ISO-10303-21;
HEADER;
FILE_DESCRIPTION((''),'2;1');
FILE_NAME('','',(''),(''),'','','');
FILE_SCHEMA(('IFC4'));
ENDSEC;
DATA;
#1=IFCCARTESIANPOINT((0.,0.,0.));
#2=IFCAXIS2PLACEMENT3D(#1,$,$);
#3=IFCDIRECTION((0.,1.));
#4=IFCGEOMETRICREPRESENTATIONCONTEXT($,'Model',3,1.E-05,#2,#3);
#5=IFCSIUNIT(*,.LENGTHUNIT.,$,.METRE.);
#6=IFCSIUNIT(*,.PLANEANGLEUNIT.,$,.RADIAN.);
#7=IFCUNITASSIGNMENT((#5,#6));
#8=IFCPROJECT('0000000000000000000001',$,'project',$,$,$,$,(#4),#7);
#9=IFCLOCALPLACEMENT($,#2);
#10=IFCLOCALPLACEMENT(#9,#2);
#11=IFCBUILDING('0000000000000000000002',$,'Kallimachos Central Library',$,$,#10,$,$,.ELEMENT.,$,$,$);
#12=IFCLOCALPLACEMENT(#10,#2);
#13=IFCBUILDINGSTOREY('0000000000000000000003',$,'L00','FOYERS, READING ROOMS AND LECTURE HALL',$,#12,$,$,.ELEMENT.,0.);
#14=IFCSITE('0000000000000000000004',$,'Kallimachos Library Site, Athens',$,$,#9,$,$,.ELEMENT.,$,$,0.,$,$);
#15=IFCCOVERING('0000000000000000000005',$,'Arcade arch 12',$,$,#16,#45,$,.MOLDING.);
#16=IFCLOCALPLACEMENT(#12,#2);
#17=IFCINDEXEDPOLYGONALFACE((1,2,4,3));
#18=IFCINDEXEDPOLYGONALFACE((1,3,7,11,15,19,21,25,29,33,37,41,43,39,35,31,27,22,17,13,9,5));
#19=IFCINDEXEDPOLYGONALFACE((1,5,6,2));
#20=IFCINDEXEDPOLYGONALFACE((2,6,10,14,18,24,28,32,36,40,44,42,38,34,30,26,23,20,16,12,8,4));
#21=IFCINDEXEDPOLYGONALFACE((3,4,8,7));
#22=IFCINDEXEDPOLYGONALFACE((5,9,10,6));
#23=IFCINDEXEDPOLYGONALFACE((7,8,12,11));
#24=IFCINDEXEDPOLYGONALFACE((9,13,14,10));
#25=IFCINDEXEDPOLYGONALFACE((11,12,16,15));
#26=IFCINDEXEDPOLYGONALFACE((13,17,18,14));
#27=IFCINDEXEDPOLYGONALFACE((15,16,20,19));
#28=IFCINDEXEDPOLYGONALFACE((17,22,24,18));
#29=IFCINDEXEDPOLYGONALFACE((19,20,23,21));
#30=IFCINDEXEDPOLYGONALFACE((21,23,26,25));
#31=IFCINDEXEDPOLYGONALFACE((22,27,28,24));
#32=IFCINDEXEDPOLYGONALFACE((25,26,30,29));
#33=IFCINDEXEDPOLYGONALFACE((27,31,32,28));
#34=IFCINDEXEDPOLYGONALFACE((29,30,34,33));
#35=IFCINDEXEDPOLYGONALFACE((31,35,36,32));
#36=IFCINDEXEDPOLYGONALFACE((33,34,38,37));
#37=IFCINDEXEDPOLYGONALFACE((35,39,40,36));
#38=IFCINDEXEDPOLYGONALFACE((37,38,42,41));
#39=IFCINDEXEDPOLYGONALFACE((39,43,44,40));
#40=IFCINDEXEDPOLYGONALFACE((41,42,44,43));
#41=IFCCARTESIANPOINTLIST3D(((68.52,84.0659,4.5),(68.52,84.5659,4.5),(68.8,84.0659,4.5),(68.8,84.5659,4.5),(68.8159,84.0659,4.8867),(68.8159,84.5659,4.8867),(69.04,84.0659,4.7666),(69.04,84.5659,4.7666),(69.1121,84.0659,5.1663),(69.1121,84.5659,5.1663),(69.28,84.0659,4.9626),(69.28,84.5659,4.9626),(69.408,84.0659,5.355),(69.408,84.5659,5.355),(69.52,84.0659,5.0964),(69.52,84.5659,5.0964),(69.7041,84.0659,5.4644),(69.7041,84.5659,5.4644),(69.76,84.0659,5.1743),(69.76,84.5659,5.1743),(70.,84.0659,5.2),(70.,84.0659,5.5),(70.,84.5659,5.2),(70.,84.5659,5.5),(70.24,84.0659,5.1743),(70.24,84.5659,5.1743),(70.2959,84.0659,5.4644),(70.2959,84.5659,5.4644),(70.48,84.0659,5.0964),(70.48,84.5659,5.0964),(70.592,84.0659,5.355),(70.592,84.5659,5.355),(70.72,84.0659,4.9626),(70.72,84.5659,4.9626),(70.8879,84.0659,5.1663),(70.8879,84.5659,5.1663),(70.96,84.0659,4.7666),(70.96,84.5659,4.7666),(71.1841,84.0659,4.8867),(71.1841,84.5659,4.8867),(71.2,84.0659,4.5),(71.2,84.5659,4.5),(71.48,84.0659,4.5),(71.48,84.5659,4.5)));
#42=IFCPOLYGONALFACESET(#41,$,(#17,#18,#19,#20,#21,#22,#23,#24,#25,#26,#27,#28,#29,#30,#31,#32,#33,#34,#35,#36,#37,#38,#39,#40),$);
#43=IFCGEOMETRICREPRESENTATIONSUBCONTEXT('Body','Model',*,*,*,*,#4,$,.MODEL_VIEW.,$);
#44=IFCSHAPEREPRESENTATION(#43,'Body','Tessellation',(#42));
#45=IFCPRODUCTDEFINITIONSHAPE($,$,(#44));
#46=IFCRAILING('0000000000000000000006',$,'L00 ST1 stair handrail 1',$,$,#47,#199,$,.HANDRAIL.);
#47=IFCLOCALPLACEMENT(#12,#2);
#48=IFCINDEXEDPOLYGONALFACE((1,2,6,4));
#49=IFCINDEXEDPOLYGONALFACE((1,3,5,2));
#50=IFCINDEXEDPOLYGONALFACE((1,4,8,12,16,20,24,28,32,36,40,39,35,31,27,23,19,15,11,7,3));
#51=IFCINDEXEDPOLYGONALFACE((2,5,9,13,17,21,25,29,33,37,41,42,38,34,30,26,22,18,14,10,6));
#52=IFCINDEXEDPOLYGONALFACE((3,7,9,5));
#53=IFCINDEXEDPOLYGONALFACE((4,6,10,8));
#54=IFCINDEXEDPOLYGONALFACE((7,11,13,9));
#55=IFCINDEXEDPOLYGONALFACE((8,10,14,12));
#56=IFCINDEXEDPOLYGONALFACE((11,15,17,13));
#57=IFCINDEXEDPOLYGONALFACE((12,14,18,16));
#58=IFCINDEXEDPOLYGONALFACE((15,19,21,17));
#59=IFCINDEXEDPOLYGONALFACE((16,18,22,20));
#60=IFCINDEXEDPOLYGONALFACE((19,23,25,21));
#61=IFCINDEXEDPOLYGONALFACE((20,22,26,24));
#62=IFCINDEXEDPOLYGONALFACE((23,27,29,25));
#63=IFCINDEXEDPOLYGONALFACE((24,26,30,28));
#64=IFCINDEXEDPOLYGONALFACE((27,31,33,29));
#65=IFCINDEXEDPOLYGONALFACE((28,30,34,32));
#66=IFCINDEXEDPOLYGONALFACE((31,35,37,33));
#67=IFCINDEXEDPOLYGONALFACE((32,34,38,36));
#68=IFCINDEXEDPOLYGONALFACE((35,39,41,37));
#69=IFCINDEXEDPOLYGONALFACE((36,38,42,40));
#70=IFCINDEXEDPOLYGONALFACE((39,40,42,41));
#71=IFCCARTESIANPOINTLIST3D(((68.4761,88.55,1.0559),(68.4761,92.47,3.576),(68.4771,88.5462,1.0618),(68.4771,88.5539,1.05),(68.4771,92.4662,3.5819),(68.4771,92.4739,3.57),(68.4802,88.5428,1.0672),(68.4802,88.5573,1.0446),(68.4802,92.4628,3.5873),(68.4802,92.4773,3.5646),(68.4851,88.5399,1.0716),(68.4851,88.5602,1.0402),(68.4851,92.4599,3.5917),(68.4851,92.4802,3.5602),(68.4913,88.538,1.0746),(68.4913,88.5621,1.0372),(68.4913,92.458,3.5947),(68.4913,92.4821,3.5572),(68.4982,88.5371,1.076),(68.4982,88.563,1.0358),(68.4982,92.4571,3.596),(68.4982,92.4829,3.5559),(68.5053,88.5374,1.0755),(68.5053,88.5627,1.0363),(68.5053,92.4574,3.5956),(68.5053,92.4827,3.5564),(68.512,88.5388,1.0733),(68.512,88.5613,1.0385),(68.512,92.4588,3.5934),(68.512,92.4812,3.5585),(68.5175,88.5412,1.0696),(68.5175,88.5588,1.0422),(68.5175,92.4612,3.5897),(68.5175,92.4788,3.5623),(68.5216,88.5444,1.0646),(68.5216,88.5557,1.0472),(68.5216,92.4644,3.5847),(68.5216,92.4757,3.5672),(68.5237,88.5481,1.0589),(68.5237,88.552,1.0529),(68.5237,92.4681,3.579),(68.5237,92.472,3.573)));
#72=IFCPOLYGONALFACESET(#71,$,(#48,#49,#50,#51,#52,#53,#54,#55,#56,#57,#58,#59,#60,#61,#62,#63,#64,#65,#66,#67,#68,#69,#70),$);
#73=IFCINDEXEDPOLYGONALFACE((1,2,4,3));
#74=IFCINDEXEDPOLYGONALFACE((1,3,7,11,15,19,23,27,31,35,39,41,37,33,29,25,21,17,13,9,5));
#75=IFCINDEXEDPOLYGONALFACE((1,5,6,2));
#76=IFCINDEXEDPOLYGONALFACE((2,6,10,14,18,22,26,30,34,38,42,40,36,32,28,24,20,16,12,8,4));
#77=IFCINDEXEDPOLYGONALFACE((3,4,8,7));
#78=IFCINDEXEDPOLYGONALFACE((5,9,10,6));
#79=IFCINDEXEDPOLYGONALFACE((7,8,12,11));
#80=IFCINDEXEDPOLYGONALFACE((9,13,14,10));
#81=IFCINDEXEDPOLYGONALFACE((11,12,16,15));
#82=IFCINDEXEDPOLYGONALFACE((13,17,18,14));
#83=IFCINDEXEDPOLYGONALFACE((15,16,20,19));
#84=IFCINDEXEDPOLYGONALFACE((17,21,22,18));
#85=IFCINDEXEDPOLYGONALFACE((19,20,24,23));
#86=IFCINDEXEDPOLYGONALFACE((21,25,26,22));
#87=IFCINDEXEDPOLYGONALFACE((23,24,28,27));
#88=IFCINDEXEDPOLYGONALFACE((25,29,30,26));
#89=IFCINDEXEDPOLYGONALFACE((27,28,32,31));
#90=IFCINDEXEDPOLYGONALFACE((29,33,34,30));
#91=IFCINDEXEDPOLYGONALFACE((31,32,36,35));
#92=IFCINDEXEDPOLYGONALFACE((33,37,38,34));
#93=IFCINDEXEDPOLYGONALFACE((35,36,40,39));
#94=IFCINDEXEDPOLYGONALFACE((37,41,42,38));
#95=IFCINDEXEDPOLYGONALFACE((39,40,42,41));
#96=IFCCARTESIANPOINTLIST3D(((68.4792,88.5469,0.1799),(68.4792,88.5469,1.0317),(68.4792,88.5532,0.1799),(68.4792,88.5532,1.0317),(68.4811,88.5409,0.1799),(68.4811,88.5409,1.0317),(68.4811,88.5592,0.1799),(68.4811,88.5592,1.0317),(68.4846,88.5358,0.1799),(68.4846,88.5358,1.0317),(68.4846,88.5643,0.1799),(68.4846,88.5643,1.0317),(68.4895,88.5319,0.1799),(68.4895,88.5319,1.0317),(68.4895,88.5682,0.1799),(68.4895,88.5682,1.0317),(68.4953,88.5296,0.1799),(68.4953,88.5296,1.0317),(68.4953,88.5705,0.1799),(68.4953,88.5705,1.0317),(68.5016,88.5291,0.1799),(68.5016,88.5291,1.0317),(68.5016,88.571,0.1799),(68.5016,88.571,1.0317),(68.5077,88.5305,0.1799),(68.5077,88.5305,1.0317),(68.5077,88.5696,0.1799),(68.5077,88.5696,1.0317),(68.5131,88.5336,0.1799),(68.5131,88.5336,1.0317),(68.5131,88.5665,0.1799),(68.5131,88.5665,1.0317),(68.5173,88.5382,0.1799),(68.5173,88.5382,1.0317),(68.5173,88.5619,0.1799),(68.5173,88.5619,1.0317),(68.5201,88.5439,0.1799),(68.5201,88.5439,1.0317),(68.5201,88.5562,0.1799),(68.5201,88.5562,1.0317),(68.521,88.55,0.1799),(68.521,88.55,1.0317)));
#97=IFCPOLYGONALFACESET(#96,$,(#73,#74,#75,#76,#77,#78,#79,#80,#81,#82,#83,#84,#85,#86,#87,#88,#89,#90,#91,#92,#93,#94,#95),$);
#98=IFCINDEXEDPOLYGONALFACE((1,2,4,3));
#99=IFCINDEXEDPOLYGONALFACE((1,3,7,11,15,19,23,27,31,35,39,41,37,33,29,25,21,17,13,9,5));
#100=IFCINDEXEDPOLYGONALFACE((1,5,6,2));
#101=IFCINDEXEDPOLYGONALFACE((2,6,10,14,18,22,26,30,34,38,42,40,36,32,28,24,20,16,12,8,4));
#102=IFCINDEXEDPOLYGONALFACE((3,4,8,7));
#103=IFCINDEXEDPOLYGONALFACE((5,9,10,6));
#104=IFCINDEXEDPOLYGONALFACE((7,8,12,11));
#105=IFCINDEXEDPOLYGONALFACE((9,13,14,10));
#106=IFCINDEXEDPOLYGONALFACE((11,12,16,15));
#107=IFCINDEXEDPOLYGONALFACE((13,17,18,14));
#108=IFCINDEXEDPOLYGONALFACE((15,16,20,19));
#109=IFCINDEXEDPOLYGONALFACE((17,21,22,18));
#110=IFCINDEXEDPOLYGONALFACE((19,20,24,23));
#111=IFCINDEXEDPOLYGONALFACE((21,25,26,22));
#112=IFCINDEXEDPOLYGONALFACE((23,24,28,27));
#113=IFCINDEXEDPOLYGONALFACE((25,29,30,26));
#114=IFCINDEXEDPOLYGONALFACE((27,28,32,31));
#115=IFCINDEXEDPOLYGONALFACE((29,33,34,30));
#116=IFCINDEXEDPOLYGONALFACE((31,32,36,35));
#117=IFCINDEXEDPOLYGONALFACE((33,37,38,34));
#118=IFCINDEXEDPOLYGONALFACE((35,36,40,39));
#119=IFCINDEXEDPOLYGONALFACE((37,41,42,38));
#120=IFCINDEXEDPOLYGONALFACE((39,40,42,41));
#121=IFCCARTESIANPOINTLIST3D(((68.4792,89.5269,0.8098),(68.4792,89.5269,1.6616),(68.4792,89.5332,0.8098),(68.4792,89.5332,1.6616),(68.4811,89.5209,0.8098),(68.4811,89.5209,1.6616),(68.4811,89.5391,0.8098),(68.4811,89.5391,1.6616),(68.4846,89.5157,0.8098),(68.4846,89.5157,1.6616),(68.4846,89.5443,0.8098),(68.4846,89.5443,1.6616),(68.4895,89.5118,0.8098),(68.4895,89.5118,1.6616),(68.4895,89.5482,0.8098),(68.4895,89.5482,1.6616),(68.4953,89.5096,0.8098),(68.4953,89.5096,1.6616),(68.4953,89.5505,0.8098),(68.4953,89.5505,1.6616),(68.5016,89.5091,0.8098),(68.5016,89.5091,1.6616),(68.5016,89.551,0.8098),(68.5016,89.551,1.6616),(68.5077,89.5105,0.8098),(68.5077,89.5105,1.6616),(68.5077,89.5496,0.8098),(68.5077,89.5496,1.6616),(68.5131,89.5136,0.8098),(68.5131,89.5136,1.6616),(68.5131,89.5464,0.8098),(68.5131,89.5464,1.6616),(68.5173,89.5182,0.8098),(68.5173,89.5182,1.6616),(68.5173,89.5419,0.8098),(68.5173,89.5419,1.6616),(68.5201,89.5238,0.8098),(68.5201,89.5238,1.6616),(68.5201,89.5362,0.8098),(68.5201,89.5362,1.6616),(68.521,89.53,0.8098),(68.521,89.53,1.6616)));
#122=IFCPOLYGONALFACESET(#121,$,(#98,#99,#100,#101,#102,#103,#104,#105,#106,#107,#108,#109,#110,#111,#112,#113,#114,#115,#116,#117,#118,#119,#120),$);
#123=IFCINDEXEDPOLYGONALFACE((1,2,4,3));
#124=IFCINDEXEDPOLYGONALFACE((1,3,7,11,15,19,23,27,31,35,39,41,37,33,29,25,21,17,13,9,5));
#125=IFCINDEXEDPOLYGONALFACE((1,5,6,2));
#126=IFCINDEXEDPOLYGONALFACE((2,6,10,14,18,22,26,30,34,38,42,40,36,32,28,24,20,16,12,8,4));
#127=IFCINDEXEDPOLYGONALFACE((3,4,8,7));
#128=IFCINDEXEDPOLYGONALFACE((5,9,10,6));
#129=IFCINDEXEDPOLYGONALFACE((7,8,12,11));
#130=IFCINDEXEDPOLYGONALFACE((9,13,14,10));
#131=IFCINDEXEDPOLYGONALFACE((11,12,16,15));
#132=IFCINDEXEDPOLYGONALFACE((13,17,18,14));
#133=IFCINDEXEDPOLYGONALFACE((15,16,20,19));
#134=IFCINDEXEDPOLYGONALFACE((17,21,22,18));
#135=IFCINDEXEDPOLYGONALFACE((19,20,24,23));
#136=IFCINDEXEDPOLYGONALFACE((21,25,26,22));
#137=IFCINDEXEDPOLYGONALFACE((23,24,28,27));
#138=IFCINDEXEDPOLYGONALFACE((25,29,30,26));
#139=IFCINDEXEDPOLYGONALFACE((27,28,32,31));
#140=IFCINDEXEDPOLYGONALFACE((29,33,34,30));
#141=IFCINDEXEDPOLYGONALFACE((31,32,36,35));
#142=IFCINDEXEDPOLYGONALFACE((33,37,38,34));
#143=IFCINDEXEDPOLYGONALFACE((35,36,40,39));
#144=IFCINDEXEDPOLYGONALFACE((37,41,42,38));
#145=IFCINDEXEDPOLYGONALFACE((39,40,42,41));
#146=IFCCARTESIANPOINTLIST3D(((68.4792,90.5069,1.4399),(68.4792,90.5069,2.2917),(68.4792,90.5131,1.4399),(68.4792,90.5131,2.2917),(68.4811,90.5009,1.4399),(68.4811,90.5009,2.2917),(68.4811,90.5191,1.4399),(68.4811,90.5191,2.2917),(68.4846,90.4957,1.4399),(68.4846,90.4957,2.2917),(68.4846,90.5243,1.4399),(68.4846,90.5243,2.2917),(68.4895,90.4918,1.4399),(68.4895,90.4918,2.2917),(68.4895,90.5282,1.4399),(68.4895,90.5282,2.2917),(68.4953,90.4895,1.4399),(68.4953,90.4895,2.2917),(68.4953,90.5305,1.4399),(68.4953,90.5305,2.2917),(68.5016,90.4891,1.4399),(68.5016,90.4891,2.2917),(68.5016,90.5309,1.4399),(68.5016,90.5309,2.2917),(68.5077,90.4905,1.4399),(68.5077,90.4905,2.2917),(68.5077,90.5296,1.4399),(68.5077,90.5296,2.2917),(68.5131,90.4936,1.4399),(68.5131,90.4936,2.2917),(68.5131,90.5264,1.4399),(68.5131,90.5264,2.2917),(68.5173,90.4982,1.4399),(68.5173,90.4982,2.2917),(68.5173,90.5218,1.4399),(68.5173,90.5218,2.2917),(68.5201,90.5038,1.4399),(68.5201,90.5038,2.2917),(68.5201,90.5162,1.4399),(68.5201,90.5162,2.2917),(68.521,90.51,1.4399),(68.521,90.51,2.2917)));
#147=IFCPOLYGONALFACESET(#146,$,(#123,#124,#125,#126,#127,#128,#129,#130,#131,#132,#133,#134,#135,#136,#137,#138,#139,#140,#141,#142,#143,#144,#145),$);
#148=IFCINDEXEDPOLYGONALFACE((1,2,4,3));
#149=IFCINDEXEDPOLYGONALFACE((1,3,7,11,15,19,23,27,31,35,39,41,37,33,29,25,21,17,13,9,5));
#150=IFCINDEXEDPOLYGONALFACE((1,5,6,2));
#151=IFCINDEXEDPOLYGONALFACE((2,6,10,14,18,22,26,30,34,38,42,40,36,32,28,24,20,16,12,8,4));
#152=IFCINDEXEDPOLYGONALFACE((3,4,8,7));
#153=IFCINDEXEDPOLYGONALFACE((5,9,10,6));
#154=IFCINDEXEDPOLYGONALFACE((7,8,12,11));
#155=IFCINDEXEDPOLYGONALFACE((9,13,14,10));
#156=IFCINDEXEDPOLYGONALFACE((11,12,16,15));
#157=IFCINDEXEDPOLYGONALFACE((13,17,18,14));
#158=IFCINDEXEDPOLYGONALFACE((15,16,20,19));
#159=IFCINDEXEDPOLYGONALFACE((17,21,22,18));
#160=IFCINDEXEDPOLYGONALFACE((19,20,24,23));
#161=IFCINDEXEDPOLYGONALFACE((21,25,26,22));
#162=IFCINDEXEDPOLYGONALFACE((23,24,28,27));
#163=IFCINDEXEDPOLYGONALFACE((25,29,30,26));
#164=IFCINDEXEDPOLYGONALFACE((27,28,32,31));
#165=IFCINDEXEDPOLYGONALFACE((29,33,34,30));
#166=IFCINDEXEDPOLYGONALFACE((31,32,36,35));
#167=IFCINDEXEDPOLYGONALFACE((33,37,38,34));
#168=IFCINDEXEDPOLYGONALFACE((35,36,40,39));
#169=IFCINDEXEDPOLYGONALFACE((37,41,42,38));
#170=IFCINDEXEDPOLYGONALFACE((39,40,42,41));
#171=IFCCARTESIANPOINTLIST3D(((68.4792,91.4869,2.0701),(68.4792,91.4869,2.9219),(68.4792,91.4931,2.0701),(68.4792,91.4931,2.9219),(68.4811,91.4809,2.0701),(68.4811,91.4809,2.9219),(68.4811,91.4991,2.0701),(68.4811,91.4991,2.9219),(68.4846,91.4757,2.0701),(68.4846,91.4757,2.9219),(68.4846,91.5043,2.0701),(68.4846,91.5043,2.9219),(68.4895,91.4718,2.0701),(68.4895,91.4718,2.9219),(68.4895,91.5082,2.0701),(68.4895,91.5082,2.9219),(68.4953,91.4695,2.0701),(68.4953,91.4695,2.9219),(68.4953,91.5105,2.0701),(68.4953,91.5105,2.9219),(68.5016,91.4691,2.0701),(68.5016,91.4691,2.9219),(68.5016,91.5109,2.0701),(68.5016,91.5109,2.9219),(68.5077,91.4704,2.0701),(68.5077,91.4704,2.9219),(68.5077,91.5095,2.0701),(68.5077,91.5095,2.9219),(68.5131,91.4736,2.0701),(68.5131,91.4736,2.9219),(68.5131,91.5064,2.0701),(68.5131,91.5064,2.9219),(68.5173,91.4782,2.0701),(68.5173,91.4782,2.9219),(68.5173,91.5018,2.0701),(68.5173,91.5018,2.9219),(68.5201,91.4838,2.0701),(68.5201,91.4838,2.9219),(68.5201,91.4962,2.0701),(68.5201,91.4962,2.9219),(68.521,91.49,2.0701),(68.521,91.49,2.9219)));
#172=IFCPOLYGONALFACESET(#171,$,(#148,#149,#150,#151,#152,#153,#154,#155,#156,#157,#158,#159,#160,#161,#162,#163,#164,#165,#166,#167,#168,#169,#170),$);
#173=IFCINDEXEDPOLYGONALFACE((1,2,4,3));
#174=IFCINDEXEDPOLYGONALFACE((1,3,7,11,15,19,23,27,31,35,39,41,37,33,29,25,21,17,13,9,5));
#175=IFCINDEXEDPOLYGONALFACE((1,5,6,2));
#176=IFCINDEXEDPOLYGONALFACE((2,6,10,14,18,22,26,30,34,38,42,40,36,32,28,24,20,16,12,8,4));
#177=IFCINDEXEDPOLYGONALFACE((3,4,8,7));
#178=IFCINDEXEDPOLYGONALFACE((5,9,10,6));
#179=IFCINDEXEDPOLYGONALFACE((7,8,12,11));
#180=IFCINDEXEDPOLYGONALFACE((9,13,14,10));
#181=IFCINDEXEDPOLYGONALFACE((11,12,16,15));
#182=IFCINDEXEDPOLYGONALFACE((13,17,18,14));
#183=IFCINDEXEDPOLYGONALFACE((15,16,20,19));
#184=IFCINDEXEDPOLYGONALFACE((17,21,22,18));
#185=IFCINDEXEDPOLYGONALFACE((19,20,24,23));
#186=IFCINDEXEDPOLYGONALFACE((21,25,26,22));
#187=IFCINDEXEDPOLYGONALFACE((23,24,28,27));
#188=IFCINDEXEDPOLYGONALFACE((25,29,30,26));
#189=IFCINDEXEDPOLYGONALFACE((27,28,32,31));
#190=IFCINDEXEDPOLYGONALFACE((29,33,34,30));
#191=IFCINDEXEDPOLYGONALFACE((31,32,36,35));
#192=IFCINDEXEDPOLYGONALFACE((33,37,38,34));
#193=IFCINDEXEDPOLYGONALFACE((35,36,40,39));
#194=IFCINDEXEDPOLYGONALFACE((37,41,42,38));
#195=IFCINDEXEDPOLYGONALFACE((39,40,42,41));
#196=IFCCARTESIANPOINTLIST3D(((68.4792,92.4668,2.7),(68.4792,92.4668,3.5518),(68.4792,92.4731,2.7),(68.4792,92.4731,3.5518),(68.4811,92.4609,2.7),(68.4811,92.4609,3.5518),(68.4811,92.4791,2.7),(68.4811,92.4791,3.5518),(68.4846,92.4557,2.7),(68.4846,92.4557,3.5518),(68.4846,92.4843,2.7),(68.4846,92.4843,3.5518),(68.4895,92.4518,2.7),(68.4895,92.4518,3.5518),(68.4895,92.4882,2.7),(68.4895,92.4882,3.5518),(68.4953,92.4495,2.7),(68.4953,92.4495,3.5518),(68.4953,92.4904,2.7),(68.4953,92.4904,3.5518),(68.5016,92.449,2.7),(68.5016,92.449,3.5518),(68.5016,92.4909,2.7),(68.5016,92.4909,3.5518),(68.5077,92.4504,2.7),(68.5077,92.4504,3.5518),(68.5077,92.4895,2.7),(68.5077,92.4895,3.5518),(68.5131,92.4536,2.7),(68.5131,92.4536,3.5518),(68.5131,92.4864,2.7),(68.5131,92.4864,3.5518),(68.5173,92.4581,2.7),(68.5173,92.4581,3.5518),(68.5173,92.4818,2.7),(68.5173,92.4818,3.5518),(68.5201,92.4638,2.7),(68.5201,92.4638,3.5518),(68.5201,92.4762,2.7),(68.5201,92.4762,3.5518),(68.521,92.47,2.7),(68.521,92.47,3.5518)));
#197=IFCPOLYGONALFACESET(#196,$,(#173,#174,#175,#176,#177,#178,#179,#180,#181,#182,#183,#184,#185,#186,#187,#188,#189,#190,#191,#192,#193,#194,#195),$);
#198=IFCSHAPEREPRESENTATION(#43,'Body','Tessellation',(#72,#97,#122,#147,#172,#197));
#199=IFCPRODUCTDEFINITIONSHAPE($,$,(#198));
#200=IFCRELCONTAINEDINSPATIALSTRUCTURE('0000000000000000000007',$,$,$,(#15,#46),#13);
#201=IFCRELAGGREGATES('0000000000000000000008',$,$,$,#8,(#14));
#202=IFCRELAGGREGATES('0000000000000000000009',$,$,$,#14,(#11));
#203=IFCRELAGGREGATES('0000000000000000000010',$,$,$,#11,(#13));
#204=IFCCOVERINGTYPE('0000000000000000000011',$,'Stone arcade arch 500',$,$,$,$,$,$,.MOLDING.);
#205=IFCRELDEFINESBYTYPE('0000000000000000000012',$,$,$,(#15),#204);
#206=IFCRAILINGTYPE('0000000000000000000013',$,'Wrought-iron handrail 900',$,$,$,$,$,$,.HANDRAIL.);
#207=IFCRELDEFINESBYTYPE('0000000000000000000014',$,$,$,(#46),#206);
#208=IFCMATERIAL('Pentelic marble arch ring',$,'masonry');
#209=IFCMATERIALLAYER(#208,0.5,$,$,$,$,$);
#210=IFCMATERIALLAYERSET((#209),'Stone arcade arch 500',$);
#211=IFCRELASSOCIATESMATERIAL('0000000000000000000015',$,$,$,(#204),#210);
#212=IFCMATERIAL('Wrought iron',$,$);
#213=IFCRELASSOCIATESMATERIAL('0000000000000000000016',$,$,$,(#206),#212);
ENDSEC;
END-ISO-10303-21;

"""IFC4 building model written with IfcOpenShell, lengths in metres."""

from ifc_helpers import new_model, si_unit, direction, frame, origin, origin_2d, place, context, subcontext, project, spatial, polyline, circle, outline, extrude, material, layer, layer_set, type_object, element, save


model = new_model("IFC4")

# Units and contexts
model_context = context("Model", 3, precision=1e-05, world=origin(), true_north=direction((0.0, 1.0)))
body_context = subcontext(model_context, "Body", "Model", "MODEL_VIEW")
ifc_project = project(units=[si_unit("LENGTHUNIT", "METRE"), si_unit("PLANEANGLEUNIT", "RADIAN")], contexts=[model_context])

# Site, building, storey
site_placement = place(None, origin())
site = spatial("IfcSite", under=ifc_project, at=site_placement, Name="Kallimachos Library Site, Athens", CompositionType="ELEMENT", RefElevation=0.0)
building_placement = place(site_placement, origin())
building = spatial("IfcBuilding", under=site, at=building_placement, Name="Kallimachos Central Library", CompositionType="ELEMENT")
storey_placement = place(building_placement, origin())
storey = spatial("IfcBuildingStorey", under=building, at=storey_placement, Name="L00", Description="FOYERS, READING ROOMS AND LECTURE HALL", CompositionType="ELEMENT", Elevation=0.0)

# Covering
ifc_material_1 = material(Name="Pentelic marble arch ring", Category="masonry")
ifc_layer_1 = layer(ifc_material_1, 0.5)
ifc_layer_set_1 = layer_set([ifc_layer_1], Name="Stone arcade arch 500")
covering_type = type_object("IfcCoveringType", Name="Stone arcade arch 500", PredefinedType="MOLDING", material=ifc_layer_set_1)
for number, where, z_axis, x_axis, name in (
    (1, (68.52, 84.5659, 4.5), (0.0, 1.0, 0.0), (0.607673, 0.0, 0.794187), "Arcade arch 12"),
):
    element("IfcCovering", number, at=place(storey_placement, frame(where, z_axis=z_axis, x_axis=x_axis)), inside=storey, type_object=covering_type, Name=name, PredefinedType="MOLDING", context=body_context, shape_type="SweptSolid", body=[
        extrude(outline(polyline([(0.0, 0.0), (0.4869, 0.0), (0.8889, 0.0653), (1.2186, 0.1856), (1.4854, 0.3544), (1.6935, 0.5677), (1.845, 0.8244), (1.9381, 1.126), (1.9681, 1.4757), (1.926, 1.8808), (1.7987, 2.3508), (1.7987, 2.3508), (1.6285, 2.1284), (1.6285, 2.1284), (1.6944, 1.7758), (1.7043, 1.466), (1.6647, 1.1941), (1.5807, 0.9562), (1.4552, 0.75), (1.289, 0.575), (1.0814, 0.4317), (0.8293, 0.3225), (0.5277, 0.251), (0.1702, 0.2224), (0.1702, 0.2224), (0.0, 0.0), (0.0, 0.0)])), origin(), (0.0, 0.0, -1.0), 0.5),
    ])

# Railing
ifc_material_2 = material(Name="Wrought iron")
railing_type_1 = type_object("IfcRailingType", Name="Wrought-iron handrail 900", PredefinedType="HANDRAIL", material=ifc_material_2)
railing_1_placement = place(storey_placement, frame((68.5, 88.55, 0.1799)))
element("IfcRailing", 2, at=railing_1_placement, inside=storey, type_object=railing_type_1, Name="L00 ST1 stair handrail 1", PredefinedType="HANDRAIL", context=body_context, shape_type="SweptSolid", body=[
    extrude(circle(Radius=0.0239, at=origin_2d()), frame((0.0, 0.0, 0.876), z_axis=(0.0, 0.841172, 0.540768), x_axis=(-1.0, 0.0, 0.0)), (0.0, 0.0, 1.0), 4.6602),
    extrude(circle(Radius=0.021, at=origin_2d()), origin(), (0.0, 0.0, 1.0), 0.8518),
    extrude(circle(Radius=0.021, at=origin_2d()), frame((0.0, 0.98, 0.6299)), (0.0, 0.0, 1.0), 0.8518),
    extrude(circle(Radius=0.021, at=origin_2d()), frame((0.0, 1.96, 1.26)), (0.0, 0.0, 1.0), 0.8518),
    extrude(circle(Radius=0.021, at=origin_2d()), frame((0.0, 2.9399, 1.8901)), (0.0, 0.0, 1.0), 0.8518),
    extrude(circle(Radius=0.021, at=origin_2d()), frame((0.0, 3.9199, 2.52)), (0.0, 0.0, 1.0), 0.8518),
])

save(model, "model.ifc")
